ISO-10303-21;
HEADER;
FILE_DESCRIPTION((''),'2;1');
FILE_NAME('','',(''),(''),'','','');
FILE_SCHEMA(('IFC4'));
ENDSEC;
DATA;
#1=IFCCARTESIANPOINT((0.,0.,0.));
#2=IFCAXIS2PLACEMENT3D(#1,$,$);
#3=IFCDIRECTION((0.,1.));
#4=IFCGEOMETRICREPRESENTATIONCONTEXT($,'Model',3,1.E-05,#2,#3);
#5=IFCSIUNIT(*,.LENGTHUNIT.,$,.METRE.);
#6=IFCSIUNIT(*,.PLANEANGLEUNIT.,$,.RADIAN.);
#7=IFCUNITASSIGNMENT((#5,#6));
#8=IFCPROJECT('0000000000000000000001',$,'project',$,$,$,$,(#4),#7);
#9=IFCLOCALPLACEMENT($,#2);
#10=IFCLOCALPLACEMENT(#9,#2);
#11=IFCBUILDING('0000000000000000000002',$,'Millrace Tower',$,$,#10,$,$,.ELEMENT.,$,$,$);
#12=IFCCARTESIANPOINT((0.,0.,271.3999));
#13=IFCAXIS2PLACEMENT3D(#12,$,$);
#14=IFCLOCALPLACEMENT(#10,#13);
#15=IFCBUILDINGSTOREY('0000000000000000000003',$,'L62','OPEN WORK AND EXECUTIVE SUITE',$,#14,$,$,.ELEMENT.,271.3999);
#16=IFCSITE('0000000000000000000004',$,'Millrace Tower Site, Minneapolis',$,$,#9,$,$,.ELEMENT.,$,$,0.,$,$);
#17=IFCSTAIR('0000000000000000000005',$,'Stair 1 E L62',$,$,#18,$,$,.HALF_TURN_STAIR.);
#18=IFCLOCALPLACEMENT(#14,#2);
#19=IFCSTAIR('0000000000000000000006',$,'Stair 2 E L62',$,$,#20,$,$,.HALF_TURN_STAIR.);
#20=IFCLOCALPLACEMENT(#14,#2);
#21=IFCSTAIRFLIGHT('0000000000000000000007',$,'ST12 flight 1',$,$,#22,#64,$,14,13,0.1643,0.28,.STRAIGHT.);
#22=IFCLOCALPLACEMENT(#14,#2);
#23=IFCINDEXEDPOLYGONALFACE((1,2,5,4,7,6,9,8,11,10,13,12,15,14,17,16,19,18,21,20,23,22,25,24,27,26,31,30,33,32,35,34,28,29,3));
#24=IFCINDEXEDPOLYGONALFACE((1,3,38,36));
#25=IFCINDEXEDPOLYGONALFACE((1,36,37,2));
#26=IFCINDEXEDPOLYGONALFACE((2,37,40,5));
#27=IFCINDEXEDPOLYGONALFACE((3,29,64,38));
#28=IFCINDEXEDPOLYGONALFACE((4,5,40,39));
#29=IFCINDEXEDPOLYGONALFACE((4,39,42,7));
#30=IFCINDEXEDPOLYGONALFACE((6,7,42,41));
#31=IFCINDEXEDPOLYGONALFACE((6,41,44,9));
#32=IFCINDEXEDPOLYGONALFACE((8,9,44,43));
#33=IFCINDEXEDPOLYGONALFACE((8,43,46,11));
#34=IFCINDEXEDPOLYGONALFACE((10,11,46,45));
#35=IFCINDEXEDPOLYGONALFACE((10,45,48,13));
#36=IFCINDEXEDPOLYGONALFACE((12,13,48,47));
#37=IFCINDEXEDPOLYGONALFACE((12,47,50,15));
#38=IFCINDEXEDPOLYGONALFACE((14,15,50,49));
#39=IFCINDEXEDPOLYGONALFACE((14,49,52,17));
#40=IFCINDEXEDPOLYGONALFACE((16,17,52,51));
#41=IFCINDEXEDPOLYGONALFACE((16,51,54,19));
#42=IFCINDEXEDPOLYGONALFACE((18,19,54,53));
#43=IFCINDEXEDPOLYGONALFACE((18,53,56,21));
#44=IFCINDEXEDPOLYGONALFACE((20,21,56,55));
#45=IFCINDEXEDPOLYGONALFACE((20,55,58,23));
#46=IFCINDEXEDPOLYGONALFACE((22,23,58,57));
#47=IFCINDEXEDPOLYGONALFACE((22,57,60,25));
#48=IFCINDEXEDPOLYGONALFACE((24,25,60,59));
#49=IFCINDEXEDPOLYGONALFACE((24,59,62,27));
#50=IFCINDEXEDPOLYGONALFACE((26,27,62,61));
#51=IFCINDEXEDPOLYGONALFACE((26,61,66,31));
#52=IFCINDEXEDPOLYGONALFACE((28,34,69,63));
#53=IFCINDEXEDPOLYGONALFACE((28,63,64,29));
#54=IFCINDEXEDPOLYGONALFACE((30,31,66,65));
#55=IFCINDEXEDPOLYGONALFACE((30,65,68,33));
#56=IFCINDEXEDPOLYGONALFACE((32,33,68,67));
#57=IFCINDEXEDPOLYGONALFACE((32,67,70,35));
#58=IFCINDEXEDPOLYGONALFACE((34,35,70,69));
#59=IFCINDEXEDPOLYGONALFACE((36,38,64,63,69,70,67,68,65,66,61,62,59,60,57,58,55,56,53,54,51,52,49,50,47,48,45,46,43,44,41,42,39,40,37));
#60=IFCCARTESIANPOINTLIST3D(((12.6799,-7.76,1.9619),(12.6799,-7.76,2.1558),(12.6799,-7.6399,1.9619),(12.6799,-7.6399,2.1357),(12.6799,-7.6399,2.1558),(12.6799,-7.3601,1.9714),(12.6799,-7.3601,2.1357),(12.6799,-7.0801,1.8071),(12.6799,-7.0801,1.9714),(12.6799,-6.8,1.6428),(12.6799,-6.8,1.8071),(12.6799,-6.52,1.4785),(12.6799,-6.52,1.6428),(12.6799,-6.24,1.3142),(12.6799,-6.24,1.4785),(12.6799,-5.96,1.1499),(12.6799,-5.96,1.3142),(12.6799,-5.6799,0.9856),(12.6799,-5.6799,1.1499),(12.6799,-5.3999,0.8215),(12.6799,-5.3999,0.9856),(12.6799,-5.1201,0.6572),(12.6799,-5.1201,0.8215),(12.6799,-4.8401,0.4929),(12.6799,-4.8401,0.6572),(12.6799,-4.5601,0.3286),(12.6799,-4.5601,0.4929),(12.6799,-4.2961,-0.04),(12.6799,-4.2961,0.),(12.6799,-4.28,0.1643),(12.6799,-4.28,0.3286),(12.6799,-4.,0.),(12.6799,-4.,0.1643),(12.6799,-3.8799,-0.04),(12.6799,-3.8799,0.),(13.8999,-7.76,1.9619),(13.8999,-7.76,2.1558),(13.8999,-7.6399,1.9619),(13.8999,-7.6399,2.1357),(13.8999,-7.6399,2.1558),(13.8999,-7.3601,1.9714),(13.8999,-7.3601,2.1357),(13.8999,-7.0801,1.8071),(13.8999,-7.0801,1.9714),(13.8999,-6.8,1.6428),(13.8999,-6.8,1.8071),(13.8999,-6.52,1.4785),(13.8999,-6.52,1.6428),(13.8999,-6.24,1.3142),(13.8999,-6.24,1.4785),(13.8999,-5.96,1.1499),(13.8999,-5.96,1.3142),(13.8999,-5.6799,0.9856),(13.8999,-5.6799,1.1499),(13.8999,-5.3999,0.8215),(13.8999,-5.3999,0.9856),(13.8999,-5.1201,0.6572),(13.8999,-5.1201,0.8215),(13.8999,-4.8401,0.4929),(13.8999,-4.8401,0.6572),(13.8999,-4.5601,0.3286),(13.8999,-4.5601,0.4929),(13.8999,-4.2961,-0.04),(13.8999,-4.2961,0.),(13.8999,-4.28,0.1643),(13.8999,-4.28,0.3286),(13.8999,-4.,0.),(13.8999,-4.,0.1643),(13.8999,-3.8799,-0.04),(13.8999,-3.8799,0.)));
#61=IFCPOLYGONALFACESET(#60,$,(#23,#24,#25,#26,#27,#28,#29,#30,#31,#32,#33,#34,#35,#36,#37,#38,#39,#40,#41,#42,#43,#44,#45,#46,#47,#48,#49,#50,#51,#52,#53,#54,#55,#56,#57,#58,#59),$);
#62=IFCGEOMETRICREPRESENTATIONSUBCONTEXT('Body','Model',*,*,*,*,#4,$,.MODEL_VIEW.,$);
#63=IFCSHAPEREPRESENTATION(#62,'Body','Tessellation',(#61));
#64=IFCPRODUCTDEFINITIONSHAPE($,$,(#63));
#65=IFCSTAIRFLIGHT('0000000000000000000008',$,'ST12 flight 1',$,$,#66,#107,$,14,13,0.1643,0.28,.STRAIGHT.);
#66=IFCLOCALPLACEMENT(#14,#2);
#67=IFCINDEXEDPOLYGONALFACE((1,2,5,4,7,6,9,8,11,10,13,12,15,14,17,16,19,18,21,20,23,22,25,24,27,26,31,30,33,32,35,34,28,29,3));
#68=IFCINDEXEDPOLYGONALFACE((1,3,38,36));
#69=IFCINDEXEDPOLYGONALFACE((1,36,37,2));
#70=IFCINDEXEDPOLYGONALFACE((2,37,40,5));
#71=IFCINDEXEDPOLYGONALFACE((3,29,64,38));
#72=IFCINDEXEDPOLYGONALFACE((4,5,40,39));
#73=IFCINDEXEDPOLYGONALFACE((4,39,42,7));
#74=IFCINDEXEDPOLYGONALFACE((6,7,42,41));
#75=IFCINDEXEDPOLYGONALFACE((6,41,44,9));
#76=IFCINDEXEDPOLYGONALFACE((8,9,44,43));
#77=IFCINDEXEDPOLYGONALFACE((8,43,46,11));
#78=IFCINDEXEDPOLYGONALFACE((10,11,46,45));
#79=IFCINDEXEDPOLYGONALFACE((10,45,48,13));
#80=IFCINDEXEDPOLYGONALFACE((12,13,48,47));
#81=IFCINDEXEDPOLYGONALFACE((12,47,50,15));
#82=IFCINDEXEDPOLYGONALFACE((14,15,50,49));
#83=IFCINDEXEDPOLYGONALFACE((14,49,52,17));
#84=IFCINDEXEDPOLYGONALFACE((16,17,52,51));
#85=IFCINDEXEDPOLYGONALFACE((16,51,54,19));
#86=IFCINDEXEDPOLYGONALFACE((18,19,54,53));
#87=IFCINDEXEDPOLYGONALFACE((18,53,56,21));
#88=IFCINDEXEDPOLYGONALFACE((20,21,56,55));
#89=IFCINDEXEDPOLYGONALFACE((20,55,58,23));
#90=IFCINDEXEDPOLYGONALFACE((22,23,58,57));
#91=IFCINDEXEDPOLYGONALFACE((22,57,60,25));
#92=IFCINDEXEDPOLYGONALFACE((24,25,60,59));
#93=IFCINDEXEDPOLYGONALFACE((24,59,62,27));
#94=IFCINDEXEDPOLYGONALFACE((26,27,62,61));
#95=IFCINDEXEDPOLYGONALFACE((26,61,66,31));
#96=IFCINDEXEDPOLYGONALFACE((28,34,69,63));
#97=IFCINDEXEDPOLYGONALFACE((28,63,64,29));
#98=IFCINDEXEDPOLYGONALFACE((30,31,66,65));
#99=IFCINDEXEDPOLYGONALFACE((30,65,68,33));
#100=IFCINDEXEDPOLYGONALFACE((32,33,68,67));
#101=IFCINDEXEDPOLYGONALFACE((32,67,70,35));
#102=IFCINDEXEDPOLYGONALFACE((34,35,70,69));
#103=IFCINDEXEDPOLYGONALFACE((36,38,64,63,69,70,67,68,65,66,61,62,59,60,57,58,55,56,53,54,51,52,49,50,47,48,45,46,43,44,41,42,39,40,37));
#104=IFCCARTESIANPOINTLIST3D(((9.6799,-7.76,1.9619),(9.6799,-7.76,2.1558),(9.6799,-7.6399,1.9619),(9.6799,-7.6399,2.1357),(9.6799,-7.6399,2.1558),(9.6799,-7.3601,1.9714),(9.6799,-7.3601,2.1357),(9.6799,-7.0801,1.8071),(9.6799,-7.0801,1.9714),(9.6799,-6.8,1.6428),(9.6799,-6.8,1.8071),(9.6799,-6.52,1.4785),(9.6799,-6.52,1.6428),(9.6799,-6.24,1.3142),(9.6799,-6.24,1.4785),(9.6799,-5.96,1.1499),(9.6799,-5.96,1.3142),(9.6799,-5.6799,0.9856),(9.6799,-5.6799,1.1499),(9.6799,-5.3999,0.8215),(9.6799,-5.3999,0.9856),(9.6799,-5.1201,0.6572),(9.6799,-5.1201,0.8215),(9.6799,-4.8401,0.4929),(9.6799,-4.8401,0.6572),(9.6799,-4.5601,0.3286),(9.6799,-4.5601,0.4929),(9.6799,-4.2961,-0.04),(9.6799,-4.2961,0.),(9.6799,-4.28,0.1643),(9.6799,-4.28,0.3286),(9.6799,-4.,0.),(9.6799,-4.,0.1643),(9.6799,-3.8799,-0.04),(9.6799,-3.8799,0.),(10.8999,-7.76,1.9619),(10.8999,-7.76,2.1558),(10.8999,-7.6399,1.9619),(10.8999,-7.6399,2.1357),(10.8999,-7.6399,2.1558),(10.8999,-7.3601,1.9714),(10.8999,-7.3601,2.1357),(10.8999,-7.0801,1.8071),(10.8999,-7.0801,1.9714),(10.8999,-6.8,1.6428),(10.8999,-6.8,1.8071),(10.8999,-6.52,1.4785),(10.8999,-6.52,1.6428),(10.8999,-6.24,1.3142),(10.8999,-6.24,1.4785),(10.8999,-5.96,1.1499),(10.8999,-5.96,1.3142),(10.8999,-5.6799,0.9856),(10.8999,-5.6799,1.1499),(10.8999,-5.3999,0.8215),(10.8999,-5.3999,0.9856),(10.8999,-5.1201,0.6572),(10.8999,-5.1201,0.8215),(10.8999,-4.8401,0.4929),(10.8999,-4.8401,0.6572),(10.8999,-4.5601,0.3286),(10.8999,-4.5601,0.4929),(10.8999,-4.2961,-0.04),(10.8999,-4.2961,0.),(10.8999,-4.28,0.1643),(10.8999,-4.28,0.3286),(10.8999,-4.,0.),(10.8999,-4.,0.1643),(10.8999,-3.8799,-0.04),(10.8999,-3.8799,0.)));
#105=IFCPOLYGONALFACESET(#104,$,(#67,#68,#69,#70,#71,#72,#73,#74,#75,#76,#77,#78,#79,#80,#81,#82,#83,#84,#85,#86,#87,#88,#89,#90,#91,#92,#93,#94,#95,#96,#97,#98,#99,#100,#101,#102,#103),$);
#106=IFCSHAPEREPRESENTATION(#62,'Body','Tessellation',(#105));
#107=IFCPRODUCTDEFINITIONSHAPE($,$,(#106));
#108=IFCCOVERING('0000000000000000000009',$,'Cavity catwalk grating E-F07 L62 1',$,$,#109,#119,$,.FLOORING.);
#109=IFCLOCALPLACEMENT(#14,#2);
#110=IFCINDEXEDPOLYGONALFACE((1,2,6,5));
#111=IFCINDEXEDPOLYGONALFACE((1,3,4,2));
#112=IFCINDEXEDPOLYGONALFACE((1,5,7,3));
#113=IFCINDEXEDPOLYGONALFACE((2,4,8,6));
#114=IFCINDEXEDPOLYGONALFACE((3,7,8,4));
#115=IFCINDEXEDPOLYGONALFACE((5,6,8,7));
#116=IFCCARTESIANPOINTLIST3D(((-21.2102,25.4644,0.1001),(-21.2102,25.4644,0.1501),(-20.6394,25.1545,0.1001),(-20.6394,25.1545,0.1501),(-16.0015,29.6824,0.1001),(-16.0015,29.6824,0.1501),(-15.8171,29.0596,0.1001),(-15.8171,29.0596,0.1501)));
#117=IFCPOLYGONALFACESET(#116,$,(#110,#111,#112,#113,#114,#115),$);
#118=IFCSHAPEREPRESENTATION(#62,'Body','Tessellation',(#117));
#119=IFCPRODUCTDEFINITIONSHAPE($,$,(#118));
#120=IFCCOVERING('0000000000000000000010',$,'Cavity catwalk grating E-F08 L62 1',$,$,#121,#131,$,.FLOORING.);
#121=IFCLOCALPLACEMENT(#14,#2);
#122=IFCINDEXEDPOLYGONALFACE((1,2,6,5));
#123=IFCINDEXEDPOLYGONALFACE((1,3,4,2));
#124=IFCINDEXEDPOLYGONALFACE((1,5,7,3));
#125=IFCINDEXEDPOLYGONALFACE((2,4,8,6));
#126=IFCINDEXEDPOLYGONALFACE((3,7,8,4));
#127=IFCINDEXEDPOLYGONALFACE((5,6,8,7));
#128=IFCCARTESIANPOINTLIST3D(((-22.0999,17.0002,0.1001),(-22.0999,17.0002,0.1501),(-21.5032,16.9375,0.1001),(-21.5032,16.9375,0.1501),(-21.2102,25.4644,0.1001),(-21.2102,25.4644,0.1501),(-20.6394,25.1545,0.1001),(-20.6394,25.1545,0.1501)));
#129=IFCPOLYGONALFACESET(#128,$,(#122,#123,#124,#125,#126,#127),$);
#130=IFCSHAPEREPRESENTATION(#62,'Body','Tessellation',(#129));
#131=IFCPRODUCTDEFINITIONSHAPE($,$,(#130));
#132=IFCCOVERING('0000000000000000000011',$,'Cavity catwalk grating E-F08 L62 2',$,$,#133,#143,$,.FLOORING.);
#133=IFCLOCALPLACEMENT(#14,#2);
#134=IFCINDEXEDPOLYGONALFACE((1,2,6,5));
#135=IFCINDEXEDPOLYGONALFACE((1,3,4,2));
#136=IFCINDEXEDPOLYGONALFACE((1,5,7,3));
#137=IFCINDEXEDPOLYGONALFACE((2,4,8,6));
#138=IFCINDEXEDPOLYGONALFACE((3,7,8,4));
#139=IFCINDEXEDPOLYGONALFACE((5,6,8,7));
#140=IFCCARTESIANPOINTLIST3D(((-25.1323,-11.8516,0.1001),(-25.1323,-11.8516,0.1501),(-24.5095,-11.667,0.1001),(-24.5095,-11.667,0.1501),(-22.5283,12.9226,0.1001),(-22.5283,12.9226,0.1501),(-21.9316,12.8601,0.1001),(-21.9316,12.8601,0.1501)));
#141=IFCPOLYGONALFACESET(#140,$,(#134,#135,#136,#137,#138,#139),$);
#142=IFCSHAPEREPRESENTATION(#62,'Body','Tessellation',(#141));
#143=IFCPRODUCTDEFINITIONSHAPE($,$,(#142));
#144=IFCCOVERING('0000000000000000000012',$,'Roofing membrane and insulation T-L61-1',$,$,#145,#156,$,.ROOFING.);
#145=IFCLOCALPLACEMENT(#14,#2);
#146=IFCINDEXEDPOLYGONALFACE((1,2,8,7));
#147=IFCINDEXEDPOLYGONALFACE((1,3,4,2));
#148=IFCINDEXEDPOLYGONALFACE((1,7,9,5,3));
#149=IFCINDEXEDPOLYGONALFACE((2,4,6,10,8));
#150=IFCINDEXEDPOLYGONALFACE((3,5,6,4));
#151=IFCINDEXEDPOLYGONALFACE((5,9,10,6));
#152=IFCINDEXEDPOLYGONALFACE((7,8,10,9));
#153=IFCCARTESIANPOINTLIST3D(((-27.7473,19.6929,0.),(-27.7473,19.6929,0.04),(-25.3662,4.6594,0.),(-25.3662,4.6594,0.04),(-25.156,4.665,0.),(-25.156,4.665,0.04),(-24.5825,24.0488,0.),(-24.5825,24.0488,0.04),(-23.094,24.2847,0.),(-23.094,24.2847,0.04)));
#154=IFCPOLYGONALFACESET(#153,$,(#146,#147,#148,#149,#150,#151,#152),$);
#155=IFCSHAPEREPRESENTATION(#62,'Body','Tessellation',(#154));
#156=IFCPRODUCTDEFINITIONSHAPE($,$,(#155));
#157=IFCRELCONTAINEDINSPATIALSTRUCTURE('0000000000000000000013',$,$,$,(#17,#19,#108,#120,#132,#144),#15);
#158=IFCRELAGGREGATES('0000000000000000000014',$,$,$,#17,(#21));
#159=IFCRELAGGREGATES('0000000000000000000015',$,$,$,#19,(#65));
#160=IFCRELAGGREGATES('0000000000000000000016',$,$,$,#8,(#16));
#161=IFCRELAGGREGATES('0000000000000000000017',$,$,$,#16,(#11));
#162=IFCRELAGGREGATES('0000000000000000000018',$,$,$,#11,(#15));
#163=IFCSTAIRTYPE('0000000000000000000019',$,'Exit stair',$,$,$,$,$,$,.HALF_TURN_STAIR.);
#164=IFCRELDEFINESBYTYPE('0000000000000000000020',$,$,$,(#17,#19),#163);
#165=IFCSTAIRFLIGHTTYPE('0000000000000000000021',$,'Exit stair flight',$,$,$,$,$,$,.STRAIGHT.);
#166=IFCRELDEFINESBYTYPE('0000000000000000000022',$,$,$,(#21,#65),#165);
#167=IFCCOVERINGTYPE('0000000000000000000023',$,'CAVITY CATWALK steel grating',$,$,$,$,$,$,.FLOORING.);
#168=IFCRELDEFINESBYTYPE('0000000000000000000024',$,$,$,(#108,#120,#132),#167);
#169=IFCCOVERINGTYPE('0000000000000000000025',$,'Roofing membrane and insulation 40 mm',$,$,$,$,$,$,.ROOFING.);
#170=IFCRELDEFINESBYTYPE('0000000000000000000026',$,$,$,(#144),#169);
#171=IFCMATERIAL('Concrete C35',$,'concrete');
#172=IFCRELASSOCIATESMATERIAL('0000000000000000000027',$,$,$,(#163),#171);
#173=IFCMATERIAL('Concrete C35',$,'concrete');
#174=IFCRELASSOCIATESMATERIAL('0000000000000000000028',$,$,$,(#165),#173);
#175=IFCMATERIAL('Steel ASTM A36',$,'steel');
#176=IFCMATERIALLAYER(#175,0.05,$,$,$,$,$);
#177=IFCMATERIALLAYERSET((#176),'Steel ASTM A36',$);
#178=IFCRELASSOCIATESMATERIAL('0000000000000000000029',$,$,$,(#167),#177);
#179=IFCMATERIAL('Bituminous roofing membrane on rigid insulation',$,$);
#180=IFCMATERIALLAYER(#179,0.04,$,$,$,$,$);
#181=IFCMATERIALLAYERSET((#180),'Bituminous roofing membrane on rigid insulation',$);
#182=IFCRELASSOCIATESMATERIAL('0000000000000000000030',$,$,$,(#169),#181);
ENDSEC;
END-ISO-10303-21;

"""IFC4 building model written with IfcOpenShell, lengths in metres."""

from ifc_helpers import new_model, si_unit, direction, frame, origin, place, context, subcontext, project, spatial, polyline, outline, extrude, material, layer, layer_set, type_object, element, aggregate, save


model = new_model("IFC4")

# Units and contexts
model_context = context("Model", 3, precision=1e-05, world=origin(), true_north=direction((0.0, 1.0)))
body_context = subcontext(model_context, "Body", "Model", "MODEL_VIEW")
ifc_project = project(units=[si_unit("LENGTHUNIT", "METRE"), si_unit("PLANEANGLEUNIT", "RADIAN")], contexts=[model_context])

# Site, building, storey
site_placement = place(None, origin())
site = spatial("IfcSite", under=ifc_project, at=site_placement, Name="Millrace Tower Site, Minneapolis", CompositionType="ELEMENT", RefElevation=0.0)
building_placement = place(site_placement, origin())
building = spatial("IfcBuilding", under=site, at=building_placement, Name="Millrace Tower", CompositionType="ELEMENT")
storey_placement = place(building_placement, frame((0.0, 0.0, 271.3999)))
storey = spatial("IfcBuildingStorey", under=building, at=storey_placement, Name="L62", Description="OPEN WORK AND EXECUTIVE SUITE", CompositionType="ELEMENT", Elevation=271.3999)

# Shared definitions
placement_1 = place(storey_placement, origin())

# Stairs
ifc_material_1 = material(Name="Concrete C35", Category="concrete")
stair_type = type_object("IfcStairType", Name="Exit stair", PredefinedType="HALF_TURN_STAIR", material=ifc_material_1)
stair_1 = element("IfcStair", 1, at=placement_1, inside=storey, type_object=stair_type, Name="Stair 1 E L62", PredefinedType="HALF_TURN_STAIR")
stair_2 = element("IfcStair", 2, at=placement_1, inside=storey, type_object=stair_type, Name="Stair 2 E L62", PredefinedType="HALF_TURN_STAIR")

# Stair flights
ifc_material_2 = material(Name="Concrete C35", Category="concrete")
stair_flight_type = type_object("IfcStairFlightType", Name="Exit stair flight", PredefinedType="STRAIGHT", material=ifc_material_2)
stair_flight_1_placement = place(storey_placement, frame((13.29, -4.0, 0.0), z_axis=(0.0, 0.0, 1.0), x_axis=(0.0, -1.0, 0.0)))
stair_flight_1 = element("IfcStairFlight", 3, at=stair_flight_1_placement, type_object=stair_flight_type, Name="ST12 flight 1", NumberOfRisers=14, NumberOfTreads=13, PredefinedType="STRAIGHT", RiserHeight=0.1643, TreadLength=0.28, context=body_context, shape_type="SweptSolid", body=[
    extrude(outline(polyline([(-0.1201, -0.04), (-0.1201, 0.0), (0.0, 0.0), (0.0, 0.1643), (0.28, 0.1643), (0.28, 0.3286), (0.5601, 0.3286), (0.5601, 0.4929), (0.8401, 0.4929), (0.8401, 0.6572), (1.1201, 0.6572), (1.1201, 0.8215), (1.3999, 0.8215), (1.3999, 0.9856), (1.6799, 0.9856), (1.6799, 1.1499), (1.96, 1.1499), (1.96, 1.3142), (2.24, 1.3142), (2.24, 1.4785), (2.52, 1.4785), (2.52, 1.6428), (2.8, 1.6428), (2.8, 1.8071), (3.0801, 1.8071), (3.0801, 1.9714), (3.3601, 1.9714), (3.3601, 2.1357), (3.6399, 2.1357), (3.6399, 2.1558), (3.76, 2.1558), (3.76, 1.9619), (3.6399, 1.9619), (0.2961, 0.0), (0.2961, -0.04), (-0.1201, -0.04)])), frame((0.0, 0.6099, 0.0), z_axis=(0.0, -1.0, 0.0), x_axis=(1.0, 0.0, 0.0)), (0.0, 0.0, 1.0), 1.22),
])
aggregate(stair_1, [stair_flight_1])
stair_flight_2_placement = place(storey_placement, frame((10.29, -4.0, 0.0), z_axis=(0.0, 0.0, 1.0), x_axis=(0.0, -1.0, 0.0)))
stair_flight_2 = element("IfcStairFlight", 4, at=stair_flight_2_placement, type_object=stair_flight_type, Name="ST12 flight 1", NumberOfRisers=14, NumberOfTreads=13, PredefinedType="STRAIGHT", RiserHeight=0.1643, TreadLength=0.28, context=body_context, shape_type="SweptSolid", body=[
    extrude(outline(polyline([(-0.1201, -0.04), (-0.1201, 0.0), (0.0, 0.0), (0.0, 0.1643), (0.28, 0.1643), (0.28, 0.3286), (0.5601, 0.3286), (0.5601, 0.4929), (0.8401, 0.4929), (0.8401, 0.6572), (1.1201, 0.6572), (1.1201, 0.8215), (1.3999, 0.8215), (1.3999, 0.9856), (1.6799, 0.9856), (1.6799, 1.1499), (1.96, 1.1499), (1.96, 1.3142), (2.24, 1.3142), (2.24, 1.4785), (2.52, 1.4785), (2.52, 1.6428), (2.8, 1.6428), (2.8, 1.8071), (3.0801, 1.8071), (3.0801, 1.9714), (3.3601, 1.9714), (3.3601, 2.1357), (3.6399, 2.1357), (3.6399, 2.1558), (3.76, 2.1558), (3.76, 1.9619), (3.6399, 1.9619), (0.2961, 0.0), (0.2961, -0.04), (-0.1201, -0.04)])), frame((0.0, 0.6099, 0.0), z_axis=(0.0, -1.0, 0.0), x_axis=(1.0, 0.0, 0.0)), (0.0, 0.0, 1.0), 1.22),
])
aggregate(stair_2, [stair_flight_2])

# Coverings
ifc_material_3 = material(Name="Steel ASTM A36", Category="steel")
ifc_layer_1 = layer(ifc_material_3, 0.05)
ifc_layer_set_1 = layer_set([ifc_layer_1], Name="Steel ASTM A36")
covering_type_1 = type_object("IfcCoveringType", Name="CAVITY CATWALK steel grating", PredefinedType="FLOORING", material=ifc_layer_set_1)
placement_2 = place(storey_placement, frame((0.0, 0.0, 0.1001)))
element("IfcCovering", 5, at=placement_2, inside=storey, type_object=covering_type_1, Name="Cavity catwalk grating E-F07 L62 1", PredefinedType="FLOORING", context=body_context, shape_type="SweptSolid", body=[
    extrude(outline(polyline([(-16.0015, 29.6824), (-21.2102, 25.4644), (-20.6394, 25.1545), (-15.8171, 29.0596), (-16.0015, 29.6824)])), origin(), (0.0, 0.0, 1.0), 0.05),
])
element("IfcCovering", 6, at=placement_2, inside=storey, type_object=covering_type_1, Name="Cavity catwalk grating E-F08 L62 1", PredefinedType="FLOORING", context=body_context, shape_type="SweptSolid", body=[
    extrude(outline(polyline([(-21.2102, 25.4644), (-22.0999, 17.0002), (-21.5032, 16.9375), (-20.6394, 25.1545), (-21.2102, 25.4644)])), origin(), (0.0, 0.0, 1.0), 0.05),
])
element("IfcCovering", 7, at=placement_2, inside=storey, type_object=covering_type_1, Name="Cavity catwalk grating E-F08 L62 2", PredefinedType="FLOORING", context=body_context, shape_type="SweptSolid", body=[
    extrude(outline(polyline([(-22.5283, 12.9226), (-25.1323, -11.8516), (-24.5095, -11.667), (-21.9316, 12.8601), (-22.5283, 12.9226)])), origin(), (0.0, 0.0, 1.0), 0.05),
])
ifc_material_4 = material(Name="Bituminous roofing membrane on rigid insulation")
ifc_layer_2 = layer(ifc_material_4, 0.04)
ifc_layer_set_2 = layer_set([ifc_layer_2], Name="Bituminous roofing membrane on rigid insulation")
covering_type_2 = type_object("IfcCoveringType", Name="Roofing membrane and insulation 40 mm", PredefinedType="ROOFING", material=ifc_layer_set_2)
element("IfcCovering", 8, at=placement_1, inside=storey, type_object=covering_type_2, Name="Roofing membrane and insulation T-L61-1", PredefinedType="ROOFING", context=body_context, shape_type="SweptSolid", body=[
    extrude(outline(polyline([(-25.3662, 4.6594), (-25.156, 4.665), (-23.094, 24.2847), (-24.5825, 24.0488), (-27.7473, 19.6929), (-25.3662, 4.6594)])), origin(), (0.0, 0.0, 1.0), 0.04),
])

save(model, "model.ifc")
